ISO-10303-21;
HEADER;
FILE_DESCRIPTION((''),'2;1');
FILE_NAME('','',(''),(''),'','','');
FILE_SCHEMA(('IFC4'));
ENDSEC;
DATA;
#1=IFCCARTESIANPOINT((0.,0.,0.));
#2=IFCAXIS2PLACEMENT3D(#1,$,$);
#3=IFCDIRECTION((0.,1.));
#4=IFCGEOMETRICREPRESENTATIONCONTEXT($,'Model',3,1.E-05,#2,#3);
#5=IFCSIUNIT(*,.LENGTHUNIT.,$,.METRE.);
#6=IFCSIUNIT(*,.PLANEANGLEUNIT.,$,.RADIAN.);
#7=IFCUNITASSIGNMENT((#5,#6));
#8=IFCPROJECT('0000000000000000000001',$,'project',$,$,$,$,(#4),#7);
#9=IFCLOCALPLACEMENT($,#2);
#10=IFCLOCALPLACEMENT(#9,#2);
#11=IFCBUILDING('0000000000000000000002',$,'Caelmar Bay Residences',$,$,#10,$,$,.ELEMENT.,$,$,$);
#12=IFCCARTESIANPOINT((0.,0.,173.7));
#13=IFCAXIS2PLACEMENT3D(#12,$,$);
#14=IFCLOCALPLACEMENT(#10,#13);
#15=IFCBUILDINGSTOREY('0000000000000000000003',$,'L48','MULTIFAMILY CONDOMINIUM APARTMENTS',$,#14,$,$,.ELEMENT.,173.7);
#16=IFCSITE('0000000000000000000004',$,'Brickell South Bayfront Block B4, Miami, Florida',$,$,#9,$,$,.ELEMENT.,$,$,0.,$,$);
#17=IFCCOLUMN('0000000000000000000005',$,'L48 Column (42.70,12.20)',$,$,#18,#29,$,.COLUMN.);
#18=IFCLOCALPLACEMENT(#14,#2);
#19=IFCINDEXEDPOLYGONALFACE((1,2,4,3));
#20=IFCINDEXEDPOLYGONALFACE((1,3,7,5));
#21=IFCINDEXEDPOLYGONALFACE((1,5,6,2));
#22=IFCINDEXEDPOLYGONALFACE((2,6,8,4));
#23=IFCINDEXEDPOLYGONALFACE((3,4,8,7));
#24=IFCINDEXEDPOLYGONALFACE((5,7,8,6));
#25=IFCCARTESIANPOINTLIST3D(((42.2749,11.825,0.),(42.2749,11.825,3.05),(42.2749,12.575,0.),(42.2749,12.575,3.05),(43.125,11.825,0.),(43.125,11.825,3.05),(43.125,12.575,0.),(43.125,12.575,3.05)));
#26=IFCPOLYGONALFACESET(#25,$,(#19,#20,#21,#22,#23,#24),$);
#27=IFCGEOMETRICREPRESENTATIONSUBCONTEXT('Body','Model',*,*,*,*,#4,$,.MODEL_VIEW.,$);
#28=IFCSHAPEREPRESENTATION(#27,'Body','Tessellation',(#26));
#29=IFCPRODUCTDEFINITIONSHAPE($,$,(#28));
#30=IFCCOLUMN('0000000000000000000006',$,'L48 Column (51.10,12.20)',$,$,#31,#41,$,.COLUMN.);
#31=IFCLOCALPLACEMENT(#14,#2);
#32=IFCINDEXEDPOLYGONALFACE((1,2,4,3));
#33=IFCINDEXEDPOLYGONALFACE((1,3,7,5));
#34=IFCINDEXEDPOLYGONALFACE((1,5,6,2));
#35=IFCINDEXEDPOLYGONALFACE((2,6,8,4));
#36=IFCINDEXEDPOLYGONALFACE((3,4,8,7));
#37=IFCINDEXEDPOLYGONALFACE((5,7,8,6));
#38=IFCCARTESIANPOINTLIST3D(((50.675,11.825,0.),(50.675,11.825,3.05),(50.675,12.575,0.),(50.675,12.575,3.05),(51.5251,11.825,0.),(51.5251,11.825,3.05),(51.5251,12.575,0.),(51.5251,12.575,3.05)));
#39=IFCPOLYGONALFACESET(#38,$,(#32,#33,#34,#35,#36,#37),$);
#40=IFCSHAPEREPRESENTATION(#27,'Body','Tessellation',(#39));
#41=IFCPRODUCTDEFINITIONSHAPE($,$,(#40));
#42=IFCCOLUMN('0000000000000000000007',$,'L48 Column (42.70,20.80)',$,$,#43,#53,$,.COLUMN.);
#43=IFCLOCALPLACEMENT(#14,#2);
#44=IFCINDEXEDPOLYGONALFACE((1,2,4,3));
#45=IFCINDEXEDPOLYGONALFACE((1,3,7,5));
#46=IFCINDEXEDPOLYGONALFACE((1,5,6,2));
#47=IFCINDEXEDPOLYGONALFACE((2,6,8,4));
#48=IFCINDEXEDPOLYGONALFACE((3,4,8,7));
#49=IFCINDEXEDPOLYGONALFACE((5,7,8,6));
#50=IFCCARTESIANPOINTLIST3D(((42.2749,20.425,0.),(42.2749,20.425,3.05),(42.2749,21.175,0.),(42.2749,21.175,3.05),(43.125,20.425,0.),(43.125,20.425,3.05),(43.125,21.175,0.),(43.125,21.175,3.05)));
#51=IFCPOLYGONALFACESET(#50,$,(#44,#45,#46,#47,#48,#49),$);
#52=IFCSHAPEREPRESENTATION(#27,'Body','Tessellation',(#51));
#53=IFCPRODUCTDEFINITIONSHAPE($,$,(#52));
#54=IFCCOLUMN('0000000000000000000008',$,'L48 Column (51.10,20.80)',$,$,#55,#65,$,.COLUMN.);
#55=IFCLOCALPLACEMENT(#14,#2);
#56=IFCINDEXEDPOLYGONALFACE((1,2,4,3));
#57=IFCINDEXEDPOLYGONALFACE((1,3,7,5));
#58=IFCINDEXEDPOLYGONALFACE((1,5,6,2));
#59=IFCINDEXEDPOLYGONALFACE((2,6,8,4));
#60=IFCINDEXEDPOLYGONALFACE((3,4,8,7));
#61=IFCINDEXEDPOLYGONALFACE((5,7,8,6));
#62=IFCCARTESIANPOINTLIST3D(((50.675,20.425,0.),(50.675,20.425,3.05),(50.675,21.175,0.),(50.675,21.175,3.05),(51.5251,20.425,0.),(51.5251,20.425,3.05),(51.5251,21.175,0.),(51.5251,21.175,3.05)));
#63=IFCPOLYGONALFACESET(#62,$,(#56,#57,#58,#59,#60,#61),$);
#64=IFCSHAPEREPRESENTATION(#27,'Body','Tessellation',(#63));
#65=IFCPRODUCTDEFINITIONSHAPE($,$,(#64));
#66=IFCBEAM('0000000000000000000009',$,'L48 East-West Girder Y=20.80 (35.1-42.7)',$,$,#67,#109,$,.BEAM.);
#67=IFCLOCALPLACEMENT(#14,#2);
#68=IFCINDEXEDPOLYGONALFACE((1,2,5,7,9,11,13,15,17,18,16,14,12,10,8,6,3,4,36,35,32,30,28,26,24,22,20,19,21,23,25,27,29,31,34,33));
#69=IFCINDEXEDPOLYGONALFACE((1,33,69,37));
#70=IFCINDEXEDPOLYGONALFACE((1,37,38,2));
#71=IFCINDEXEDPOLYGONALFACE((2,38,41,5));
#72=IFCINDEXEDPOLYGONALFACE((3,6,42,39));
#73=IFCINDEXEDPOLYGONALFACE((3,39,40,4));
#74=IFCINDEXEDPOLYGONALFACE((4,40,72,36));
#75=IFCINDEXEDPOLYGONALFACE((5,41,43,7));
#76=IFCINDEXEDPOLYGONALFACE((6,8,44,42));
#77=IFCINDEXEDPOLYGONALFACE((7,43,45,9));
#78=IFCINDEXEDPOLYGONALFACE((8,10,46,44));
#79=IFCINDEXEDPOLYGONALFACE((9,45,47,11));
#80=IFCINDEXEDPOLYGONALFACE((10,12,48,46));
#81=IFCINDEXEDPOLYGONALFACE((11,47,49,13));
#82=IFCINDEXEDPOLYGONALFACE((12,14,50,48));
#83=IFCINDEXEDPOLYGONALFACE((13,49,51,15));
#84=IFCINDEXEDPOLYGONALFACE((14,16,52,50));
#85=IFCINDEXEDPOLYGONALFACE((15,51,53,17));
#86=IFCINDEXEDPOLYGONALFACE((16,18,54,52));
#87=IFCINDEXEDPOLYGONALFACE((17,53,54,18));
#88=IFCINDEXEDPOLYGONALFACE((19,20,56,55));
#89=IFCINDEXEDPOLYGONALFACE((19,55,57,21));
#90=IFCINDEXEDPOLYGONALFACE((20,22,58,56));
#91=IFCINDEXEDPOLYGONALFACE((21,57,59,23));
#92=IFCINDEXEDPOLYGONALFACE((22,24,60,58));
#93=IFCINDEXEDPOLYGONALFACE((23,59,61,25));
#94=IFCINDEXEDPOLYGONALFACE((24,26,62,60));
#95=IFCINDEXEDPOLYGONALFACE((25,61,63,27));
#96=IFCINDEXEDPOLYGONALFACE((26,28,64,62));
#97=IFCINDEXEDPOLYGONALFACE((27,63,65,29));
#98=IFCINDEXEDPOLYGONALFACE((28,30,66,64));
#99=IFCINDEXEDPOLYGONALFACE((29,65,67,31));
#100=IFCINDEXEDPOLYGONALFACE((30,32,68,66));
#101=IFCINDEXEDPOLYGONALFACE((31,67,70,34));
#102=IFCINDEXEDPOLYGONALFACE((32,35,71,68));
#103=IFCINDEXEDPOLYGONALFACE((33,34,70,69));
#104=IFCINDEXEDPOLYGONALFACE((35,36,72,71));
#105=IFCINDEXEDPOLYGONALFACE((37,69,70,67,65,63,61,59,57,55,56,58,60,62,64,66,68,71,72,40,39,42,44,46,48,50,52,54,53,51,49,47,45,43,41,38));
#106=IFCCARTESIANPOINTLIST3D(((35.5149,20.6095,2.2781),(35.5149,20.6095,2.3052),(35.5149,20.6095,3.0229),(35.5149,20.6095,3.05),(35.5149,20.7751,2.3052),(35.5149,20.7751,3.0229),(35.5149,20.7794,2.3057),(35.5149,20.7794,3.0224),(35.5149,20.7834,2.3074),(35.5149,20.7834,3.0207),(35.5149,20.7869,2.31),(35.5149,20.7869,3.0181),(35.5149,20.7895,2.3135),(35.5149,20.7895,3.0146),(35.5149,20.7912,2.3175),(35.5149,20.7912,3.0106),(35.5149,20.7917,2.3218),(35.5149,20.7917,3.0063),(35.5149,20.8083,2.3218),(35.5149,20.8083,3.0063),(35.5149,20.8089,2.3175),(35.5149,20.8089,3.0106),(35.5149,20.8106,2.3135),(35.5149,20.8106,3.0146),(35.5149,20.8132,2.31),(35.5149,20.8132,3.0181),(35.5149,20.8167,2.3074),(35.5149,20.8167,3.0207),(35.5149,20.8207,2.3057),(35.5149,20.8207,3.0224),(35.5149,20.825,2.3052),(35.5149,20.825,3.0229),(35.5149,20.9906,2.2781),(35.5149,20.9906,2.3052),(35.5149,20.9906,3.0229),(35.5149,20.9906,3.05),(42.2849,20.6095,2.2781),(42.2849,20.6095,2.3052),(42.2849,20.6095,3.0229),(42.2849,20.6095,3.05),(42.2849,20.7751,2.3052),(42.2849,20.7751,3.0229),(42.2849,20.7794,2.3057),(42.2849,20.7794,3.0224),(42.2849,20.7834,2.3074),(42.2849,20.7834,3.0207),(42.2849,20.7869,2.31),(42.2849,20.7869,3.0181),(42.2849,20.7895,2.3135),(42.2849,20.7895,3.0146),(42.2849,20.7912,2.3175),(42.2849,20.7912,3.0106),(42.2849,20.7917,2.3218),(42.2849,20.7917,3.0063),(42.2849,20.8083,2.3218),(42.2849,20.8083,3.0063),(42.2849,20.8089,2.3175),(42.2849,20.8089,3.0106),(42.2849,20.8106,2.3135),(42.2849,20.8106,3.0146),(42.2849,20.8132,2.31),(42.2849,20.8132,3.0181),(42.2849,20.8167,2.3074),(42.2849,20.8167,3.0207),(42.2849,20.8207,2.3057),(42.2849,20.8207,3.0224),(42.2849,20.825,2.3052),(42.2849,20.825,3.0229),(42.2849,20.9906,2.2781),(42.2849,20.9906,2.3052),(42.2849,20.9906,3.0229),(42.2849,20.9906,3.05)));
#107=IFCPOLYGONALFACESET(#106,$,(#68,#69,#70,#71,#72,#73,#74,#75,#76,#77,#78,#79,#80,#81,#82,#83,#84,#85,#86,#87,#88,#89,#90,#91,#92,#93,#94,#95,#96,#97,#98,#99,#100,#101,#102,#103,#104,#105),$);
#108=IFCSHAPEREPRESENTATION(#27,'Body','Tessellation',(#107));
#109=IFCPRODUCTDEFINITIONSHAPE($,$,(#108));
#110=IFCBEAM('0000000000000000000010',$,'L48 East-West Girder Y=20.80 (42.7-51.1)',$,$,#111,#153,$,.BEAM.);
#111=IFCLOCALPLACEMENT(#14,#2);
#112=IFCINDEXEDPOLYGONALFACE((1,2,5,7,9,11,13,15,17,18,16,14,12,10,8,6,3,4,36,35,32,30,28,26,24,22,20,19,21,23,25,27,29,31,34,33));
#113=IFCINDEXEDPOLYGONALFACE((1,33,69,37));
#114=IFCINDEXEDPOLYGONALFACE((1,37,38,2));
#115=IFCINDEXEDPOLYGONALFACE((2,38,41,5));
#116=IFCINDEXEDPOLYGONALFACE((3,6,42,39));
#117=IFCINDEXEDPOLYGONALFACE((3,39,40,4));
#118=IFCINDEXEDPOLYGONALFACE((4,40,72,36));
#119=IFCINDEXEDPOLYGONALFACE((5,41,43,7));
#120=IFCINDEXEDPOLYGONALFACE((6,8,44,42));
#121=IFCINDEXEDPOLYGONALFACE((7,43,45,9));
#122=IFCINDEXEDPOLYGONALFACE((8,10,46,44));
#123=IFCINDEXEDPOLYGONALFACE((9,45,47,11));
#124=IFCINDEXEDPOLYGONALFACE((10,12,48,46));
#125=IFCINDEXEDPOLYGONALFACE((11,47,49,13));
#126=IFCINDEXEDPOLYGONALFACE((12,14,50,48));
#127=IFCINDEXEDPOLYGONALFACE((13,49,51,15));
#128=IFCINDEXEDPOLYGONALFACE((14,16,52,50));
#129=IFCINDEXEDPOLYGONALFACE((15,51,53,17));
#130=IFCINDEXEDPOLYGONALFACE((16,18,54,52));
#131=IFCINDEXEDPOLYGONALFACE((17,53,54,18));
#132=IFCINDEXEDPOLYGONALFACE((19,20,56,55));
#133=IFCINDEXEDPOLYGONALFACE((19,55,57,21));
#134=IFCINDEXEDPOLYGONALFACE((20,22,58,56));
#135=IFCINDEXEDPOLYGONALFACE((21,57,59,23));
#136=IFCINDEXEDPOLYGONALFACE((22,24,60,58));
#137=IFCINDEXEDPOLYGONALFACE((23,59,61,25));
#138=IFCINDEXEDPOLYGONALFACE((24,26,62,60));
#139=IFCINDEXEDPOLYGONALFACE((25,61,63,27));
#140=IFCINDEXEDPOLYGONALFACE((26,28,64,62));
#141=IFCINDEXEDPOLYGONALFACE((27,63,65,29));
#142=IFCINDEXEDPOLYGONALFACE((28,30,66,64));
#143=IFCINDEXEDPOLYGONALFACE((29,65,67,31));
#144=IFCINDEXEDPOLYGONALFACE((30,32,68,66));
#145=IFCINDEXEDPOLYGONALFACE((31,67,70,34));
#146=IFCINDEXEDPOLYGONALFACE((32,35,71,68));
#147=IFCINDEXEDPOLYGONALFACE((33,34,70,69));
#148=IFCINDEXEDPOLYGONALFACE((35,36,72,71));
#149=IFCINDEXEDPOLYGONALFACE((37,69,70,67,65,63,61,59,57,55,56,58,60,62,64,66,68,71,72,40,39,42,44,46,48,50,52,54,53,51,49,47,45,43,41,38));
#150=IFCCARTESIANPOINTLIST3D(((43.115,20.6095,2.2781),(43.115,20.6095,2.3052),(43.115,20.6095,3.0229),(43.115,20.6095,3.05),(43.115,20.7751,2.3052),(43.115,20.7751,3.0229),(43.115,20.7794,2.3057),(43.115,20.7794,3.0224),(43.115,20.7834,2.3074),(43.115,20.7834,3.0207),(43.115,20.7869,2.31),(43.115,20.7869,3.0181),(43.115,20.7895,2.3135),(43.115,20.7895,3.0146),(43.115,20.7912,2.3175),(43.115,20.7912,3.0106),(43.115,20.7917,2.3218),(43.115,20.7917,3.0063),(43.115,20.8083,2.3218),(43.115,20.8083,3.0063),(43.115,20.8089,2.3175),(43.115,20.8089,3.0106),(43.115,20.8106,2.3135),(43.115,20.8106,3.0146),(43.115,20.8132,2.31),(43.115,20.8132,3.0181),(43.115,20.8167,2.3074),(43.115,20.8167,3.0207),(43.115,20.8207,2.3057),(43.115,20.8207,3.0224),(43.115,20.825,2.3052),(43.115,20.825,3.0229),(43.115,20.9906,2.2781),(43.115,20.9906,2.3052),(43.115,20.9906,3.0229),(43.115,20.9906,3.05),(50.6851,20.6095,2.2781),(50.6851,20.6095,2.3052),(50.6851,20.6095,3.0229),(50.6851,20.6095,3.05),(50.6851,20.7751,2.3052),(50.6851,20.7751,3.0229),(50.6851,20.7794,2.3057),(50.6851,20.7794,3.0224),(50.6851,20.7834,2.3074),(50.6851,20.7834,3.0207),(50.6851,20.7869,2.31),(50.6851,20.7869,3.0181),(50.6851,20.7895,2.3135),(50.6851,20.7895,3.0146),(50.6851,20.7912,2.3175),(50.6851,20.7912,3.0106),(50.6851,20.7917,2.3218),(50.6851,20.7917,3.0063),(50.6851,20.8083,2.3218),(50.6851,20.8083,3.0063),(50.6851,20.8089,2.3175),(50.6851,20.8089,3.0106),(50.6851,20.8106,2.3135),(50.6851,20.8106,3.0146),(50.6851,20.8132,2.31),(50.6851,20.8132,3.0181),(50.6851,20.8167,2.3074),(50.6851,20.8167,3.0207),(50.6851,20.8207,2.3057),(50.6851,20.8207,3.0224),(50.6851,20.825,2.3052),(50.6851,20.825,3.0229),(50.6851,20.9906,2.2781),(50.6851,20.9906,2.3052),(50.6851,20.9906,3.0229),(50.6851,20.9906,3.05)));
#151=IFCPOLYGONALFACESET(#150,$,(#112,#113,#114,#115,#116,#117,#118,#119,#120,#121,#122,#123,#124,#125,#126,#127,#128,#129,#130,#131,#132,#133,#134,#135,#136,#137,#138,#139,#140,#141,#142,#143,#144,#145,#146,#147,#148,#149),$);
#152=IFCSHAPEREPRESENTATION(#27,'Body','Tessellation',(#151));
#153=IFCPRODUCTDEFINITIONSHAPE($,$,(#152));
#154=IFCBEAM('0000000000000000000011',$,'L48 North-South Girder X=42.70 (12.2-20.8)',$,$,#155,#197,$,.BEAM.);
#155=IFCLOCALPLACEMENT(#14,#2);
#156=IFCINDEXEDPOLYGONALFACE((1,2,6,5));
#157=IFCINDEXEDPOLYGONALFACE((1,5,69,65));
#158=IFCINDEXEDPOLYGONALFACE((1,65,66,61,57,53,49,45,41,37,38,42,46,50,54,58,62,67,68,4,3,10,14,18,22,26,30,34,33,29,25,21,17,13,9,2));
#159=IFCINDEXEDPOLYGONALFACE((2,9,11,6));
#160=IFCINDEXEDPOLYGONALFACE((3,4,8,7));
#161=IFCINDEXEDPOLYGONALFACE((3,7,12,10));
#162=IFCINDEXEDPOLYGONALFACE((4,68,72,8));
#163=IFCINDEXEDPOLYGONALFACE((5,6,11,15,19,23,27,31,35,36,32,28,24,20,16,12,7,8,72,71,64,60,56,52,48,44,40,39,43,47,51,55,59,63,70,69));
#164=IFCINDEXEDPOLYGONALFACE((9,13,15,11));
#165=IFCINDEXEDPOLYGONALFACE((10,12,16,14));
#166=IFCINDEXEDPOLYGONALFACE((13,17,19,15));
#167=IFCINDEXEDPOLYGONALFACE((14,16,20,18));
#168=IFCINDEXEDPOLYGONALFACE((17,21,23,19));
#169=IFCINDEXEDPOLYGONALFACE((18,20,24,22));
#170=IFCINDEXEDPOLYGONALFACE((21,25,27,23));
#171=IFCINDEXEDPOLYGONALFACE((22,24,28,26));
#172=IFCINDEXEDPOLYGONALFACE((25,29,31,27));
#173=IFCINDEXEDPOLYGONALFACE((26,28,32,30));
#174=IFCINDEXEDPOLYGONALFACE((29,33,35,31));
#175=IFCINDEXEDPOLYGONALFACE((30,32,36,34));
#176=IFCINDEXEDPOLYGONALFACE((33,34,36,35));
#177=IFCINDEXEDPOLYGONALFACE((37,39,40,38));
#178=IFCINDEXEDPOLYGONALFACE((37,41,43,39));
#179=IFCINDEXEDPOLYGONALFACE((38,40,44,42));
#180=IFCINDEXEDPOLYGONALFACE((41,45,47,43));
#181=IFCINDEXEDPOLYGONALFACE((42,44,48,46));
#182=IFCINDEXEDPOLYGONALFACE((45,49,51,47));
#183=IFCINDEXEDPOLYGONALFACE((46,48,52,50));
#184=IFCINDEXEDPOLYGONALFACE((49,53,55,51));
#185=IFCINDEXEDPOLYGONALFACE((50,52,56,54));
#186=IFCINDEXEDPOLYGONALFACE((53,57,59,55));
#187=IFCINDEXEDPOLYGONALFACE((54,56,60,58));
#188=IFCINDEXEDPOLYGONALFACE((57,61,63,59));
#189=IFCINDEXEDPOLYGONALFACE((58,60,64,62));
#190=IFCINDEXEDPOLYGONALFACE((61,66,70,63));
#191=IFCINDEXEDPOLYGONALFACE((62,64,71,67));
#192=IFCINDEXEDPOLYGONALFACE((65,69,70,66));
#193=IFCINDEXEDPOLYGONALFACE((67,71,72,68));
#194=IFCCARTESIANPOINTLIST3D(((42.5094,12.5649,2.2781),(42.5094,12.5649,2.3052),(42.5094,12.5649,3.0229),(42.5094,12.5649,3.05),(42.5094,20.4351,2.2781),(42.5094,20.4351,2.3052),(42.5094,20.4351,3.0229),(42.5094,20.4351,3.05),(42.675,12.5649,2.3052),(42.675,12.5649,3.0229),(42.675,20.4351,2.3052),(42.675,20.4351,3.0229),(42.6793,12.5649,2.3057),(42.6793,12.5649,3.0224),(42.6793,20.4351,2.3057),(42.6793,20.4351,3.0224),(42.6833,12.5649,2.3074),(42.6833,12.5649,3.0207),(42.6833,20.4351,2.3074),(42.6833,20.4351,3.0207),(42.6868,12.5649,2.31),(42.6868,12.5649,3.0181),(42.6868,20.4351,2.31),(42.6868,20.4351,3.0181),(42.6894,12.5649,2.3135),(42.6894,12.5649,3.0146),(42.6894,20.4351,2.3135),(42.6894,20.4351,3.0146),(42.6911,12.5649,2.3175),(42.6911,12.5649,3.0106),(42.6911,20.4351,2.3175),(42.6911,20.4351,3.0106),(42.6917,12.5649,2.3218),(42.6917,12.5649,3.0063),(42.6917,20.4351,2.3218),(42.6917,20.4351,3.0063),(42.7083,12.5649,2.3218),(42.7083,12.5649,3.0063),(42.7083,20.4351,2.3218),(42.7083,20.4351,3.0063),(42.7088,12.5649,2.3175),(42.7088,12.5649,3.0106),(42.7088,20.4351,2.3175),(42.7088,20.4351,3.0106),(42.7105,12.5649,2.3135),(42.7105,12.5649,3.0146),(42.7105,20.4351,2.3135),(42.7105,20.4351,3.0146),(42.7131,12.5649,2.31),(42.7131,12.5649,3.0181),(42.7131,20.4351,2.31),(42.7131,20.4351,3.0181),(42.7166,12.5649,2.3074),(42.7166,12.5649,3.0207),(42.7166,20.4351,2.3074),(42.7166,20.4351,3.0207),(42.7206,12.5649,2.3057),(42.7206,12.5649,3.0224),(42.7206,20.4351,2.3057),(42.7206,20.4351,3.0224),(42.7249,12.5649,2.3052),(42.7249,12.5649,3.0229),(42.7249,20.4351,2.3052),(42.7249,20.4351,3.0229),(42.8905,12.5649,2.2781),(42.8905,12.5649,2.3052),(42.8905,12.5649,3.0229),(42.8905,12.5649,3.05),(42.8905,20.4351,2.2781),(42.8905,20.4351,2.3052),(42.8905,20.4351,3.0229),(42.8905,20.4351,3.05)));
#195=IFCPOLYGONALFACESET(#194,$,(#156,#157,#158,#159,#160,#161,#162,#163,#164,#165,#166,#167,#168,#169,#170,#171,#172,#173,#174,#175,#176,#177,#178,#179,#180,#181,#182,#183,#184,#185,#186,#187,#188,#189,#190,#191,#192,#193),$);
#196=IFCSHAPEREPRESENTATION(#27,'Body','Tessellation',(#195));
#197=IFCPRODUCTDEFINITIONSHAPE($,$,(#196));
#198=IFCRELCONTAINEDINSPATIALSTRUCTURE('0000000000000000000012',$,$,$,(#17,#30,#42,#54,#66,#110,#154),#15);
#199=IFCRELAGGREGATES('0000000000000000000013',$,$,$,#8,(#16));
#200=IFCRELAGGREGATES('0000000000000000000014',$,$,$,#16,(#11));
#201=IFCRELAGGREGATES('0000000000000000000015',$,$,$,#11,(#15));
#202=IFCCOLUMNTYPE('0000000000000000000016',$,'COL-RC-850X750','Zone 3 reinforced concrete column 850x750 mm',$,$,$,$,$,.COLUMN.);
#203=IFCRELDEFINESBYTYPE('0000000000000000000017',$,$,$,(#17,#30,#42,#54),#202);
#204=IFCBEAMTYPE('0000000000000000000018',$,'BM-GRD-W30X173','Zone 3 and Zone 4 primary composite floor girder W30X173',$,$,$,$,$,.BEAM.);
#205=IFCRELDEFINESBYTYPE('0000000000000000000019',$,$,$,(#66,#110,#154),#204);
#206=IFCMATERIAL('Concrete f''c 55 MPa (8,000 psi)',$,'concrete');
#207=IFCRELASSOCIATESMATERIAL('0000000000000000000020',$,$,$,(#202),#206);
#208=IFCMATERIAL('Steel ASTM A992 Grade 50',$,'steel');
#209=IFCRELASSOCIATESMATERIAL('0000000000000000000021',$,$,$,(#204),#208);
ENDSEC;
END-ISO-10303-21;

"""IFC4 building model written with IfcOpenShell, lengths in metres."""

from ifc_helpers import new_model, si_unit, direction, frame, origin, origin_2d, place, context, subcontext, project, spatial, rectangle, i_section, extrude, material, material_profile, profile_set, type_object, element, save


model = new_model("IFC4")

# Units and contexts
model_context = context("Model", 3, precision=1e-05, world=origin(), true_north=direction((0.0, 1.0)))
body_context = subcontext(model_context, "Body", "Model", "MODEL_VIEW")
ifc_project = project(units=[si_unit("LENGTHUNIT", "METRE"), si_unit("PLANEANGLEUNIT", "RADIAN")], contexts=[model_context])

# Site, building, storey
site_placement = place(None, origin())
site = spatial("IfcSite", under=ifc_project, at=site_placement, Name="Brickell South Bayfront Block B4, Miami, Florida", CompositionType="ELEMENT", RefElevation=0.0)
building_placement = place(site_placement, origin())
building = spatial("IfcBuilding", under=site, at=building_placement, Name="Caelmar Bay Residences", CompositionType="ELEMENT")
storey_placement = place(building_placement, frame((0.0, 0.0, 173.7)))
storey = spatial("IfcBuildingStorey", under=building, at=storey_placement, Name="L48", Description="MULTIFAMILY CONDOMINIUM APARTMENTS", CompositionType="ELEMENT", Elevation=173.7)

# Columns
ifc_material_1 = material(Name="Concrete f'c 55 MPa (8,000 psi)", Category="concrete")
ifc_material_profile_1 = material_profile(ifc_material_1, rectangle(XDim=0.8501, YDim=0.75, at=origin_2d()), Name="RC-COL-850X750")
ifc_profile_set_1 = profile_set([ifc_material_profile_1], Name="Concrete f'c 55 MPa (8,000 psi)")
column_type = type_object("IfcColumnType", Name="COL-RC-850X750", Description="Zone 3 reinforced concrete column 850x750 mm", PredefinedType="COLUMN", material=ifc_profile_set_1)
for number, where, z_axis, x_axis, name in (
    (1, (42.7, 12.2, 0.0), (0.0, 0.0, 1.0), (1.0, 0.0, 0.0), "L48 Column (42.70,12.20)"),
    (2, (51.1001, 12.2, 0.0), (0.0, 0.0, 1.0), (1.0, 0.0, 0.0), "L48 Column (51.10,12.20)"),
    (3, (42.7, 20.8, 0.0), (0.0, 0.0, 1.0), (1.0, 0.0, 0.0), "L48 Column (42.70,20.80)"),
    (4, (51.1001, 20.8, 0.0), (0.0, 0.0, 1.0), (1.0, 0.0, 0.0), "L48 Column (51.10,20.80)"),
):
    element("IfcColumn", number, at=place(storey_placement, frame(where, z_axis=z_axis, x_axis=x_axis)), inside=storey, type_object=column_type, Name=name, PredefinedType="COLUMN", context=body_context, shape_type="SweptSolid", body=[
        extrude(rectangle(XDim=0.8501, YDim=0.75, at=origin_2d()), origin(), (0.0, 0.0, 1.0), 3.05),
    ])

# Beams
ifc_material_2 = material(Name="Steel ASTM A992 Grade 50", Category="steel")
ifc_material_profile_2 = material_profile(ifc_material_2, i_section(OverallWidth=0.3811, OverallDepth=0.772, WebThickness=0.0166, FlangeThickness=0.0271, FilletRadius=0.0166, at=origin_2d()), Name="W30X173")
ifc_profile_set_2 = profile_set([ifc_material_profile_2], Name="Steel ASTM A992 Grade 50")
beam_type_1 = type_object("IfcBeamType", Name="BM-GRD-W30X173", Description="Zone 3 and Zone 4 primary composite floor girder W30X173", PredefinedType="BEAM", material=ifc_profile_set_2)
beam_1_placement = place(storey_placement, frame((35.5149, 20.8, 2.6641), z_axis=(1.0, 0.0, 0.0), x_axis=(0.0, 1.0, 0.0)))
element("IfcBeam", 5, at=beam_1_placement, inside=storey, type_object=beam_type_1, Name="L48 East-West Girder Y=20.80 (35.1-42.7)", PredefinedType="BEAM", context=body_context, shape_type="SweptSolid", body=[
    extrude(i_section(OverallWidth=0.3811, OverallDepth=0.772, WebThickness=0.0166, FlangeThickness=0.0271, FilletRadius=0.0166, at=origin_2d()), origin(), (0.0, 0.0, 1.0), 6.77),
])
beam_2_placement = place(storey_placement, frame((43.115, 20.8, 2.6641), z_axis=(1.0, 0.0, 0.0), x_axis=(0.0, 1.0, 0.0)))
element("IfcBeam", 6, at=beam_2_placement, inside=storey, type_object=beam_type_1, Name="L48 East-West Girder Y=20.80 (42.7-51.1)", PredefinedType="BEAM", context=body_context, shape_type="SweptSolid", body=[
    extrude(i_section(OverallWidth=0.3811, OverallDepth=0.772, WebThickness=0.0166, FlangeThickness=0.0271, FilletRadius=0.0166, at=origin_2d()), origin(), (0.0, 0.0, 1.0), 7.5701),
])
beam_3_placement = place(storey_placement, frame((42.7, 12.5649, 2.6641), z_axis=(0.0, 1.0, 0.0), x_axis=(-1.0, 0.0, 0.0)))
element("IfcBeam", 7, at=beam_3_placement, inside=storey, type_object=beam_type_1, Name="L48 North-South Girder X=42.70 (12.2-20.8)", PredefinedType="BEAM", context=body_context, shape_type="SweptSolid", body=[
    extrude(i_section(OverallWidth=0.3811, OverallDepth=0.772, WebThickness=0.0166, FlangeThickness=0.0271, FilletRadius=0.0166, at=origin_2d()), origin(), (0.0, 0.0, 1.0), 7.8701),
])

save(model, "model.ifc")
